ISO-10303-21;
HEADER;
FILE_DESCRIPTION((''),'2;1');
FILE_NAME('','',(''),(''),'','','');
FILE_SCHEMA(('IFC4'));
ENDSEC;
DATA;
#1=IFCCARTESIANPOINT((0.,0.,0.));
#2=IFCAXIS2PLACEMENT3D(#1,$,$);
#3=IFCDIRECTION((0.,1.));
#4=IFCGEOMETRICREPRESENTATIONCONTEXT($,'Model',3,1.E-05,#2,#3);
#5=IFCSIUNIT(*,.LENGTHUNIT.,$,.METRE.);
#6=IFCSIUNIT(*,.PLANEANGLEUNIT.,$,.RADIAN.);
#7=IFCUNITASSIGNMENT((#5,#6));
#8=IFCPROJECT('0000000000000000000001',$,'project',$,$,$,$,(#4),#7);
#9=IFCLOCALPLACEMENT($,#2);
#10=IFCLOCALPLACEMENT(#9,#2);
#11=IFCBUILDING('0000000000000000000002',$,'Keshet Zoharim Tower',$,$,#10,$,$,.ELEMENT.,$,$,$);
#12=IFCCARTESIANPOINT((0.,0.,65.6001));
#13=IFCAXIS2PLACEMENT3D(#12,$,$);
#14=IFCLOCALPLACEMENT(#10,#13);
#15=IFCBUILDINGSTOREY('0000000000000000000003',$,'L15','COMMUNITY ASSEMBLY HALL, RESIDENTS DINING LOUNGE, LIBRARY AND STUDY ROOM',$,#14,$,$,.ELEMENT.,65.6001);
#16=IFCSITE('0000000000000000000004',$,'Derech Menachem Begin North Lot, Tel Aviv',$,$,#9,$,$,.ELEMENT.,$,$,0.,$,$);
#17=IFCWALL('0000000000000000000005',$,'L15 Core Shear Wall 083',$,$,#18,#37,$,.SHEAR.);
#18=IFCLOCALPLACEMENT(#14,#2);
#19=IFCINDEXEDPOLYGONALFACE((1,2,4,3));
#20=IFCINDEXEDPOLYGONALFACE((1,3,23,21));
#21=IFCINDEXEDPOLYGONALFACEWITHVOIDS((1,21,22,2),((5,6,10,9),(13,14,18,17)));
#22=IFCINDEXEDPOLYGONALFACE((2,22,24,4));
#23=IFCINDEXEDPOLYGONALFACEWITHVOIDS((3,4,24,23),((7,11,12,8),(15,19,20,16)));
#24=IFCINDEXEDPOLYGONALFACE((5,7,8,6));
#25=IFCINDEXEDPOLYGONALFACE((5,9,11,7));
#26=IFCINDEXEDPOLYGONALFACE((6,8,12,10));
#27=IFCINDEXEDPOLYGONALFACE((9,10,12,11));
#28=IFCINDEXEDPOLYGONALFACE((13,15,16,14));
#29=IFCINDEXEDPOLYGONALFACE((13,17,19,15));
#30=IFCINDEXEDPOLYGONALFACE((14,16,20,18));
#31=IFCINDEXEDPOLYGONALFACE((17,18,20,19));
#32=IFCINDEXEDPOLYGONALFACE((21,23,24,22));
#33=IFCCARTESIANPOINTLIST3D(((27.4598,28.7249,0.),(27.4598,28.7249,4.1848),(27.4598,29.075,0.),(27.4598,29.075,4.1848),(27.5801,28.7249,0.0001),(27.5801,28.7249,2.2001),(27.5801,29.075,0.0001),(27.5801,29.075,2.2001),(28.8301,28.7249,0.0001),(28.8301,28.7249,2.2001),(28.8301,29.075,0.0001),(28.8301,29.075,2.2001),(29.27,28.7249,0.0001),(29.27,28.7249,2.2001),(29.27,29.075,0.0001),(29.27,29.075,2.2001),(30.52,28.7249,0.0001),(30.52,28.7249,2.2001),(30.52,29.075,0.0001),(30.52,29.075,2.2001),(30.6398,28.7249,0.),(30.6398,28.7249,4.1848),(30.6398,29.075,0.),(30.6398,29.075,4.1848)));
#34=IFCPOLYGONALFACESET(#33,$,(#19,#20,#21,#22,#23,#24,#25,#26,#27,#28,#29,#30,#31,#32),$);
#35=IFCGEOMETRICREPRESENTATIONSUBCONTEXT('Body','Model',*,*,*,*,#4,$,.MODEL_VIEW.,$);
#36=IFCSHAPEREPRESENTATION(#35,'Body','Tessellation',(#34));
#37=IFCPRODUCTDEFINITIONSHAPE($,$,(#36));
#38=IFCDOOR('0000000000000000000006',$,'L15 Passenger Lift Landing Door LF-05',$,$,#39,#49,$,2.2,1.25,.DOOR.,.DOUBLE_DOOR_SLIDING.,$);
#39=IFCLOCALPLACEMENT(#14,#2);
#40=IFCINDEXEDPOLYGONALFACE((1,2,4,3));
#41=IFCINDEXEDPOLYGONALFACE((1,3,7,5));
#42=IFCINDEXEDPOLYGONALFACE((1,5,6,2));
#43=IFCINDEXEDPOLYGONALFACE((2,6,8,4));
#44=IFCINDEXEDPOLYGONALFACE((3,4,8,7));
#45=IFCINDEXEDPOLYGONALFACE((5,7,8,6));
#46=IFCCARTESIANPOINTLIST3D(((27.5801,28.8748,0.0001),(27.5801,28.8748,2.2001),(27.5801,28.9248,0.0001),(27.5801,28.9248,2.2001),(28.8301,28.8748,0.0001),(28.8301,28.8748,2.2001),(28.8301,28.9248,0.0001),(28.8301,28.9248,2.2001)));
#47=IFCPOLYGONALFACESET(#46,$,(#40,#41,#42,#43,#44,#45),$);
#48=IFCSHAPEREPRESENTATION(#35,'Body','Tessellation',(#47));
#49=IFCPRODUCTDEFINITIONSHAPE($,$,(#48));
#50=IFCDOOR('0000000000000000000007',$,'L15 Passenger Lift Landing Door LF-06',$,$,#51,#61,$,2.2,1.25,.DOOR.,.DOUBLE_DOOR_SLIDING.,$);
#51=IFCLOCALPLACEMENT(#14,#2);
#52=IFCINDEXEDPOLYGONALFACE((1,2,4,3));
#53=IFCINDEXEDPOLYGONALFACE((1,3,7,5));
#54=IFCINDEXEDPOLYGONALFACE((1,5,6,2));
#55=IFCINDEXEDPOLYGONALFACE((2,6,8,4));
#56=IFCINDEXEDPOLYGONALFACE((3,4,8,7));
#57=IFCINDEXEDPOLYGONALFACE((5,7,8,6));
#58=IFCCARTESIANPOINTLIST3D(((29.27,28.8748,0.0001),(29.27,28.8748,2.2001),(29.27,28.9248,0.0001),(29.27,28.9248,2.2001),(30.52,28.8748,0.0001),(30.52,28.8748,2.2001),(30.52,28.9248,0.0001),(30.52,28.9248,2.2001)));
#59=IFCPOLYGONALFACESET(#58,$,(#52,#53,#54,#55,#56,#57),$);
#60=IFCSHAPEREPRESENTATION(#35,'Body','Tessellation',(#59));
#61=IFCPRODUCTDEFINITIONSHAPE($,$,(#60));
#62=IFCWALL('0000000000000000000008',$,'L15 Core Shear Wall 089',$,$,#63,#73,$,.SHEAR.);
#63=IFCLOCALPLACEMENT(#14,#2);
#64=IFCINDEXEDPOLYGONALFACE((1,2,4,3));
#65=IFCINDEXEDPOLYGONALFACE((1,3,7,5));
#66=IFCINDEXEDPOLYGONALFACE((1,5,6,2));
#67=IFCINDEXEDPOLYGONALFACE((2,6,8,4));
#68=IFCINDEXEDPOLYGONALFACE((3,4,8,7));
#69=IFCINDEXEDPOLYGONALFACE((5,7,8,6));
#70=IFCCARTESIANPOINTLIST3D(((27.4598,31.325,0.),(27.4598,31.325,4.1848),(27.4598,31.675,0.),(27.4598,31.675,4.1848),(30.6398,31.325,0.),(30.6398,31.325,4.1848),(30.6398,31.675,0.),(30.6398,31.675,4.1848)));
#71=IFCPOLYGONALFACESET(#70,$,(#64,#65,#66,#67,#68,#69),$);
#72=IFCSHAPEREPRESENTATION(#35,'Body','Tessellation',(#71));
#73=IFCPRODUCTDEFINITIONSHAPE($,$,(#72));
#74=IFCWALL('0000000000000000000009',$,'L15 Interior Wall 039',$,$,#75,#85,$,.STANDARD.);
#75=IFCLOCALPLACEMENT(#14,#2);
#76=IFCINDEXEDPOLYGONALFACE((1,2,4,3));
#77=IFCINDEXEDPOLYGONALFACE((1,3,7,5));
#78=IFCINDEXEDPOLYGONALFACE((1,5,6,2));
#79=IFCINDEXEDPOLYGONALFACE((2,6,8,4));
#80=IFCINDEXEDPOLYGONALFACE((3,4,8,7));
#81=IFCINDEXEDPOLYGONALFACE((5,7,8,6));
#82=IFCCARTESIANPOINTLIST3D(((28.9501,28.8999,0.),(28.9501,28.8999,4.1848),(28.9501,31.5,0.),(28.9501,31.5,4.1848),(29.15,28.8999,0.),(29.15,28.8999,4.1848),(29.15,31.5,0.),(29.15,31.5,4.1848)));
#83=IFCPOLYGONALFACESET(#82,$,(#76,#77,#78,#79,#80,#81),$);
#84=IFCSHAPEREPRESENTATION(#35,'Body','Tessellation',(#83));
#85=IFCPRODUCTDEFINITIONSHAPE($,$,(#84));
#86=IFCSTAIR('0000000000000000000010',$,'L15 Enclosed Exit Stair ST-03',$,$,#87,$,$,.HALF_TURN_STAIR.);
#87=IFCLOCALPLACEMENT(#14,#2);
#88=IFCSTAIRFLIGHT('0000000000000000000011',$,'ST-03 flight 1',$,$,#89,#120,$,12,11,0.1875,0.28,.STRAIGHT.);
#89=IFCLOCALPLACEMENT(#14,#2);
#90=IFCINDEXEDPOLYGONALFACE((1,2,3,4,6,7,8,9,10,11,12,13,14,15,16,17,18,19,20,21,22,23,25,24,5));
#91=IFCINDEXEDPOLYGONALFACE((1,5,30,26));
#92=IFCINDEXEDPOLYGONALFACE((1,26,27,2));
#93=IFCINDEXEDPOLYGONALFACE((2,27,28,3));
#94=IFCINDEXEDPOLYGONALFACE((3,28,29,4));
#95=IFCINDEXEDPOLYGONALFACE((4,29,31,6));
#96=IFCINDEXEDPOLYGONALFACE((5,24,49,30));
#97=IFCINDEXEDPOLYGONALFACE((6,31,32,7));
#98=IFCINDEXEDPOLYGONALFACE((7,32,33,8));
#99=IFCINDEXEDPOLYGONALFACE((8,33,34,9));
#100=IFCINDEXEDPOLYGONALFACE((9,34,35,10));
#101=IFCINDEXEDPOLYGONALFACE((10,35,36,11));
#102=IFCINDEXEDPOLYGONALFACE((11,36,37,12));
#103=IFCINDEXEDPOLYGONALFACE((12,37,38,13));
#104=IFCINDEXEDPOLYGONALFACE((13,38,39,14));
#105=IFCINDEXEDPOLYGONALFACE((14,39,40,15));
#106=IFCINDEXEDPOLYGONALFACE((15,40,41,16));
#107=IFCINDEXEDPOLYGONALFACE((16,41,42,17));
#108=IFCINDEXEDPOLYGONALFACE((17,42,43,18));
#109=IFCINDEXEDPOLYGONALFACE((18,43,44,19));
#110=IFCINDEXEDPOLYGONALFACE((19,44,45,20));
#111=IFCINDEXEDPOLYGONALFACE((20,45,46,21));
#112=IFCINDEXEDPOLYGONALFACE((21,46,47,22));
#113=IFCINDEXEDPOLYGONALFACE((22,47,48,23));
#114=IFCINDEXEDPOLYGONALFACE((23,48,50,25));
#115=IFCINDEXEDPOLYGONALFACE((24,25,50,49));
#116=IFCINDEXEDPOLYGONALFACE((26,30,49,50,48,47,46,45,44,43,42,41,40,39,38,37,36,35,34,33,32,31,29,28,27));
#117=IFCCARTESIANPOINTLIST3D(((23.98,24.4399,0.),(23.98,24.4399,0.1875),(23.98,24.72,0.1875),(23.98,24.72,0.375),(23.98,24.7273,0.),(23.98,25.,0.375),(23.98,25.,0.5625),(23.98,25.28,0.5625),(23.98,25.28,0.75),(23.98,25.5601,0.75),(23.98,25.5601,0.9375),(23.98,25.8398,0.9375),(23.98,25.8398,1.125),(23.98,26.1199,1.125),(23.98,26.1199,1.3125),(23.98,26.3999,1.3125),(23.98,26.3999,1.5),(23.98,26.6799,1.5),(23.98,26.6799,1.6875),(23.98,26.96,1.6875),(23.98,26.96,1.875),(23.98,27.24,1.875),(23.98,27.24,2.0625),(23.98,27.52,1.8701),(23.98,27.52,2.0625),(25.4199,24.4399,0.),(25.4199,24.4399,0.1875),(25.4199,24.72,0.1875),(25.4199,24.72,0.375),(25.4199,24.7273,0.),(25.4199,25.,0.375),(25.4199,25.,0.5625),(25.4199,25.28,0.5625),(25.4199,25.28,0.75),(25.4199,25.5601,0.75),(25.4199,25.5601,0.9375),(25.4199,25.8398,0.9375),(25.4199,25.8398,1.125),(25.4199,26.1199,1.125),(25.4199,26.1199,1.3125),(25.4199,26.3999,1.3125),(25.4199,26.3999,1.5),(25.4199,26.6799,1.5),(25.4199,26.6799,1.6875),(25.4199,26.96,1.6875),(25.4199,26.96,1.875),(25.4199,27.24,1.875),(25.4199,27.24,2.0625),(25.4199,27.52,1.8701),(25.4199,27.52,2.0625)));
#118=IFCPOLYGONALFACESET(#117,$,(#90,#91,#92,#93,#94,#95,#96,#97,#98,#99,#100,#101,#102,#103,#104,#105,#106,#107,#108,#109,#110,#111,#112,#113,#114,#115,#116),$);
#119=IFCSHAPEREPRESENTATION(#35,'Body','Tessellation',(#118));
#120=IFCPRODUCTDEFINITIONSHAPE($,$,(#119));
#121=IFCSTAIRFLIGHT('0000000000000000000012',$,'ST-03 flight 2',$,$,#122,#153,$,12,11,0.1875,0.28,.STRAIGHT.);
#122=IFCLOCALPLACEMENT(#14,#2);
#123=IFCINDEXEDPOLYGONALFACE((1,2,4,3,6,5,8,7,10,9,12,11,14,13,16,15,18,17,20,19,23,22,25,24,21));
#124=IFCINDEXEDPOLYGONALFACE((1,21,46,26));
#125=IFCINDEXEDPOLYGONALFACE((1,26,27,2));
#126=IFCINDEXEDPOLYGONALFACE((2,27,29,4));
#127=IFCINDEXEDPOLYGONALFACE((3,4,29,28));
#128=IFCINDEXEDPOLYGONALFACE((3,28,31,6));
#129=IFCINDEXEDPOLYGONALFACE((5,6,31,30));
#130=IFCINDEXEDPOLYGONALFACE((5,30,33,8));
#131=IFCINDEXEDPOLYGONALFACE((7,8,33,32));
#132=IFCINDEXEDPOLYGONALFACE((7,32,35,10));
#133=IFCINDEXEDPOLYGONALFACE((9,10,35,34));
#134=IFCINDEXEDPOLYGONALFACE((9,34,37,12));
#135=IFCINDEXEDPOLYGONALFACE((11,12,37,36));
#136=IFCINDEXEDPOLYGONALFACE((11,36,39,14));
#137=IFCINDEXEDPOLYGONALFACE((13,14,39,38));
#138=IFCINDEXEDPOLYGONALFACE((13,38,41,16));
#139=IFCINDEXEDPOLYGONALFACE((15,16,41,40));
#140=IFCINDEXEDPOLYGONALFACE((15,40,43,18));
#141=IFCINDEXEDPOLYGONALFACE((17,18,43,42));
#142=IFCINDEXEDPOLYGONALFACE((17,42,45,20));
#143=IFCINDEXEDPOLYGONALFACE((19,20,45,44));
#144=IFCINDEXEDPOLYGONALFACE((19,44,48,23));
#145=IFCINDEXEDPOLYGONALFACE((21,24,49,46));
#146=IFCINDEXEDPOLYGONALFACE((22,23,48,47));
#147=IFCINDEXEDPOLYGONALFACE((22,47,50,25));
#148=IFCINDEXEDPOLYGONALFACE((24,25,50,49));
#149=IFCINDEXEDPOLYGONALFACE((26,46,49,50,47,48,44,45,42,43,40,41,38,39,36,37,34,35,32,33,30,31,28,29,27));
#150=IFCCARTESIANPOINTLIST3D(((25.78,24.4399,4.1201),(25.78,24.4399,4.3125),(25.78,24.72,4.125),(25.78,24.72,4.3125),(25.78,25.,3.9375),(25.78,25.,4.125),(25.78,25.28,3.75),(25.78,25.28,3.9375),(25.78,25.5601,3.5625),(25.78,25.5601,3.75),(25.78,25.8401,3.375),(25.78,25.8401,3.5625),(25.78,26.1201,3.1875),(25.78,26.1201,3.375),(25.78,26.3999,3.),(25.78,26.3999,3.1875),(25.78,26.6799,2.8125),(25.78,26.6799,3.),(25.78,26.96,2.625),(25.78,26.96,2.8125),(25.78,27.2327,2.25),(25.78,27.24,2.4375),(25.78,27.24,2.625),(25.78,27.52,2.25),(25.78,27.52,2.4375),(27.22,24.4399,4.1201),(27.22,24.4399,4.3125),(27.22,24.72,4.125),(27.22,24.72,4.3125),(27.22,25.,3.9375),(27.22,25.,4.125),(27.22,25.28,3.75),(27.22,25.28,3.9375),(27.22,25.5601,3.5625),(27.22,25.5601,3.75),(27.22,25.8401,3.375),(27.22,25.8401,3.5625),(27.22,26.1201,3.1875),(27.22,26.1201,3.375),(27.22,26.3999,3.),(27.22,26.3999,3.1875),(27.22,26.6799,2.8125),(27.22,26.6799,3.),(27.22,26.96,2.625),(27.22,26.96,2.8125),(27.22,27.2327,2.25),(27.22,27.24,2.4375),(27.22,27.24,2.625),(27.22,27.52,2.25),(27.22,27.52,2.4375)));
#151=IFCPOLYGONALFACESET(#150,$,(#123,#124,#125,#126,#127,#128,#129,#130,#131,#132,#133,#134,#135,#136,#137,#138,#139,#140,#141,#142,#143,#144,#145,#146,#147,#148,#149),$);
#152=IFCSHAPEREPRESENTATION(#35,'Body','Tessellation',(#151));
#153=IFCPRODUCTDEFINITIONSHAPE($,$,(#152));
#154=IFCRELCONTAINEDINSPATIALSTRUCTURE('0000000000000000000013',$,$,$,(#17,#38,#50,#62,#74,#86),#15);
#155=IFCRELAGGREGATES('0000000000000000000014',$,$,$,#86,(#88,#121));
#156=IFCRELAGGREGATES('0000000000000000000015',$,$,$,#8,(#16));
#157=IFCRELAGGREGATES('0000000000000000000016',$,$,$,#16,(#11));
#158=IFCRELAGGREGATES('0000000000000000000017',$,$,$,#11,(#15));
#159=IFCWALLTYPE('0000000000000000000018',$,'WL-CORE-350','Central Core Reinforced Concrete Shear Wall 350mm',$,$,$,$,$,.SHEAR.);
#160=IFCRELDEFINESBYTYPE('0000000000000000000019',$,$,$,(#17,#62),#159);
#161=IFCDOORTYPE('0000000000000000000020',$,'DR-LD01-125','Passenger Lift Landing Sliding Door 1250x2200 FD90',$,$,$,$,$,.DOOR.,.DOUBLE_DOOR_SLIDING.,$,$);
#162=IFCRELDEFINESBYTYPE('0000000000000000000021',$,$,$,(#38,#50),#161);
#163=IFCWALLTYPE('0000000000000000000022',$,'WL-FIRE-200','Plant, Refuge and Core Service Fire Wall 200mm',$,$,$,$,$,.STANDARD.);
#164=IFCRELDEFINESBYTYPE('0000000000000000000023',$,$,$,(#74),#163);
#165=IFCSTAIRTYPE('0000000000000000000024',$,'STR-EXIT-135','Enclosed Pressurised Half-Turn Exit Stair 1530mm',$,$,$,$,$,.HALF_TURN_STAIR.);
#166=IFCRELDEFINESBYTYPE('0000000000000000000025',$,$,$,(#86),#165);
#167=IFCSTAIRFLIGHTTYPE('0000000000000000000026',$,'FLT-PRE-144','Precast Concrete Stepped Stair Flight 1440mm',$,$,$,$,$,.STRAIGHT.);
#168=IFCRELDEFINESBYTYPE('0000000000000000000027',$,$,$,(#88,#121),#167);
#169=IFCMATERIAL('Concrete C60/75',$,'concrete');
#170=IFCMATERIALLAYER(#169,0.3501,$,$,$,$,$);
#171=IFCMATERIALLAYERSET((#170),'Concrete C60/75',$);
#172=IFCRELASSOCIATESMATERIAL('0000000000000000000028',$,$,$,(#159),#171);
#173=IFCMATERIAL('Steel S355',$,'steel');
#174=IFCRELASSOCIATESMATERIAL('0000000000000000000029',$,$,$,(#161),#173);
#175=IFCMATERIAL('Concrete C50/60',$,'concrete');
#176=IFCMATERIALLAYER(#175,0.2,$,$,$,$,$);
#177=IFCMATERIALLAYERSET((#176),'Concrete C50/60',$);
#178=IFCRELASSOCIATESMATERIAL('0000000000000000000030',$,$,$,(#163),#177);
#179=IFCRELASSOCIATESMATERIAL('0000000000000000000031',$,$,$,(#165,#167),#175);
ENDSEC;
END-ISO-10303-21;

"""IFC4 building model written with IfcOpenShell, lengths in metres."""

from ifc_helpers import new_model, si_unit, direction, frame, frame_2d, origin, place, context, subcontext, project, spatial, polyline, rectangle, outline, extrude, material, layer, layer_set, type_object, element, fill, aggregate, save


model = new_model("IFC4")

# Units and contexts
model_context = context("Model", 3, precision=1e-05, world=origin(), true_north=direction((0.0, 1.0)))
body_context = subcontext(model_context, "Body", "Model", "MODEL_VIEW")
ifc_project = project(units=[si_unit("LENGTHUNIT", "METRE"), si_unit("PLANEANGLEUNIT", "RADIAN")], contexts=[model_context])

# Site, building, storey
site_placement = place(None, origin())
site = spatial("IfcSite", under=ifc_project, at=site_placement, Name="Derech Menachem Begin North Lot, Tel Aviv", CompositionType="ELEMENT", RefElevation=0.0)
building_placement = place(site_placement, origin())
building = spatial("IfcBuilding", under=site, at=building_placement, Name="Keshet Zoharim Tower", CompositionType="ELEMENT")
storey_placement = place(building_placement, frame((0.0, 0.0, 65.6001)))
storey = spatial("IfcBuildingStorey", under=building, at=storey_placement, Name="L15", Description="COMMUNITY ASSEMBLY HALL, RESIDENTS DINING LOUNGE, LIBRARY AND STUDY ROOM", CompositionType="ELEMENT", Elevation=65.6001)

# Shared definitions
ifc_material_1 = material(Name="Steel S355", Category="steel")

# Shared definitions
ifc_material_2 = material(Name="Concrete C60/75", Category="concrete")
ifc_layer_1 = layer(ifc_material_2, 0.3501)
ifc_layer_set_1 = layer_set([ifc_layer_1], Name="Concrete C60/75")
wall_type_1 = type_object("IfcWallType", Name="WL-CORE-350", Description="Central Core Reinforced Concrete Shear Wall 350mm", PredefinedType="SHEAR", material=ifc_layer_set_1)

# Wall, openings, doors
door_type = type_object("IfcDoorType", Name="DR-LD01-125", Description="Passenger Lift Landing Sliding Door 1250x2200 FD90", OperationType="DOUBLE_DOOR_SLIDING", PredefinedType="DOOR", material=ifc_material_1)
wall_1_placement = place(storey_placement, frame((27.46, 28.8999, 0.0), z_axis=(0.0, 0.0, 1.0), x_axis=(1.0, 0.0, 0.0)))
wall_1 = element("IfcWall", 1, at=wall_1_placement, inside=storey, type_object=wall_type_1, Name="L15 Core Shear Wall 083", PredefinedType="SHEAR", context=body_context, shape_type="SweptSolid", body=[
    extrude(rectangle(XDim=3.1799, YDim=0.3501, at=frame_2d((1.5898, 0.0))), origin(), (0.0, 0.0, 1.0), 4.1848),
])
opening_1_placement = place(wall_1_placement, frame((0.1201, 0.0, 0.0)))
opening_1 = element("IfcOpeningElement", 2, at=opening_1_placement, cuts=wall_1, PredefinedType="OPENING", context=body_context, shape_type="SweptSolid", body=[
    extrude(rectangle(XDim=1.25, YDim=2.2, at=frame_2d((0.625, 1.1001))), frame((0.0, 0.1851, 0.0), z_axis=(0.0, -1.0, 0.0), x_axis=(1.0, 0.0, 0.0)), (0.0, 0.0, 1.0), 0.3701),
])
opening_2_placement = place(wall_1_placement, frame((1.8101, 0.0, 0.0)))
opening_2 = element("IfcOpeningElement", 3, at=opening_2_placement, cuts=wall_1, PredefinedType="OPENING", context=body_context, shape_type="SweptSolid", body=[
    extrude(rectangle(XDim=1.25, YDim=2.2, at=frame_2d((0.625, 1.1001))), frame((0.0, 0.1851, 0.0), z_axis=(0.0, -1.0, 0.0), x_axis=(1.0, 0.0, 0.0)), (0.0, 0.0, 1.0), 0.3701),
])
door_1_placement = place(opening_1_placement, origin())
door_1 = element("IfcDoor", 4, at=door_1_placement, inside=storey, type_object=door_type, Name="L15 Passenger Lift Landing Door LF-05", OperationType="DOUBLE_DOOR_SLIDING", OverallHeight=2.2, OverallWidth=1.25, PredefinedType="DOOR", context=body_context, shape_type="SweptSolid", body=[
    extrude(rectangle(XDim=1.25, YDim=2.2, at=frame_2d((0.625, 1.1001))), frame((0.0, 0.0249, 0.0), z_axis=(0.0, -1.0, 0.0), x_axis=(1.0, 0.0, 0.0)), (0.0, 0.0, 1.0), 0.05),
])
fill(opening_1, door_1)
door_2_placement = place(opening_2_placement, origin())
door_2 = element("IfcDoor", 5, at=door_2_placement, inside=storey, type_object=door_type, Name="L15 Passenger Lift Landing Door LF-06", OperationType="DOUBLE_DOOR_SLIDING", OverallHeight=2.2, OverallWidth=1.25, PredefinedType="DOOR", context=body_context, shape_type="SweptSolid", body=[
    extrude(rectangle(XDim=1.25, YDim=2.2, at=frame_2d((0.625, 1.1001))), frame((0.0, 0.0249, 0.0), z_axis=(0.0, -1.0, 0.0), x_axis=(1.0, 0.0, 0.0)), (0.0, 0.0, 1.0), 0.05),
])
fill(opening_2, door_2)

# Walls
wall_2_placement = place(storey_placement, frame((27.46, 31.5, 0.0), z_axis=(0.0, 0.0, 1.0), x_axis=(1.0, 0.0, 0.0)))
element("IfcWall", 6, at=wall_2_placement, inside=storey, type_object=wall_type_1, Name="L15 Core Shear Wall 089", PredefinedType="SHEAR", context=body_context, shape_type="SweptSolid", body=[
    extrude(rectangle(XDim=3.1799, YDim=0.3501, at=frame_2d((1.5898, 0.0))), origin(), (0.0, 0.0, 1.0), 4.1848),
])
ifc_material_3 = material(Name="Concrete C50/60", Category="concrete")
ifc_layer_2 = layer(ifc_material_3, 0.2)
ifc_layer_set_2 = layer_set([ifc_layer_2], Name="Concrete C50/60")
wall_type_2 = type_object("IfcWallType", Name="WL-FIRE-200", Description="Plant, Refuge and Core Service Fire Wall 200mm", PredefinedType="STANDARD", material=ifc_layer_set_2)
wall_3_placement = place(storey_placement, frame((29.05, 28.8999, 0.0), z_axis=(0.0, 0.0, 1.0), x_axis=(0.0, 1.0, 0.0)))
element("IfcWall", 7, at=wall_3_placement, inside=storey, type_object=wall_type_2, Name="L15 Interior Wall 039", PredefinedType="STANDARD", context=body_context, shape_type="SweptSolid", body=[
    extrude(rectangle(XDim=2.6001, YDim=0.2, at=frame_2d((1.3, 0.0))), origin(), (0.0, 0.0, 1.0), 4.1848),
])

# Stair, stair flights
stair_type = type_object("IfcStairType", Name="STR-EXIT-135", Description="Enclosed Pressurised Half-Turn Exit Stair 1530mm", PredefinedType="HALF_TURN_STAIR", material=ifc_material_3)
stair_placement = place(storey_placement, origin())
stair = element("IfcStair", 8, at=stair_placement, inside=storey, type_object=stair_type, Name="L15 Enclosed Exit Stair ST-03", PredefinedType="HALF_TURN_STAIR")
stair_flight_type = type_object("IfcStairFlightType", Name="FLT-PRE-144", Description="Precast Concrete Stepped Stair Flight 1440mm", PredefinedType="STRAIGHT", material=ifc_material_3)
stair_flight_1_placement = place(storey_placement, frame((24.7, 24.4399, 0.0), z_axis=(0.0, 0.0, 1.0), x_axis=(0.0, 1.0, 0.0)))
stair_flight_1 = element("IfcStairFlight", 9, at=stair_flight_1_placement, type_object=stair_flight_type, Name="ST-03 flight 1", NumberOfRisers=12, NumberOfTreads=11, PredefinedType="STRAIGHT", RiserHeight=0.1875, TreadLength=0.28, context=body_context, shape_type="SweptSolid", body=[
    extrude(outline(polyline([(0.0, 0.0), (0.0, 0.1875), (0.28, 0.1875), (0.28, 0.375), (0.5601, 0.375), (0.5601, 0.5625), (0.8401, 0.5625), (0.8401, 0.75), (1.1201, 0.75), (1.1201, 0.9375), (1.3999, 0.9375), (1.3999, 1.125), (1.6799, 1.125), (1.6799, 1.3125), (1.96, 1.3125), (1.96, 1.5), (2.24, 1.5), (2.24, 1.6875), (2.52, 1.6875), (2.52, 1.875), (2.8, 1.875), (2.8, 2.0625), (3.0801, 2.0625), (3.0801, 2.25), (3.0801, 1.8701), (0.2874, 0.0), (0.0, 0.0)])), frame((0.0, 0.72, 0.0), z_axis=(0.0, -1.0, 0.0), x_axis=(1.0, 0.0, 0.0)), (0.0, 0.0, 1.0), 1.4399),
])
stair_flight_2_placement = place(storey_placement, frame((26.5, 27.52, 2.25), z_axis=(0.0, 0.0, 1.0), x_axis=(0.0, -1.0, 0.0)))
stair_flight_2 = element("IfcStairFlight", 10, at=stair_flight_2_placement, type_object=stair_flight_type, Name="ST-03 flight 2", NumberOfRisers=12, NumberOfTreads=11, PredefinedType="STRAIGHT", RiserHeight=0.1875, TreadLength=0.28, context=body_context, shape_type="SweptSolid", body=[
    extrude(outline(polyline([(0.0, 0.0), (0.0, 0.1875), (0.28, 0.1875), (0.28, 0.375), (0.5601, 0.375), (0.5601, 0.5625), (0.8401, 0.5625), (0.8401, 0.75), (1.1201, 0.75), (1.1201, 0.9375), (1.3999, 0.9375), (1.3999, 1.125), (1.6799, 1.125), (1.6799, 1.3125), (1.96, 1.3125), (1.96, 1.5), (2.24, 1.5), (2.24, 1.6875), (2.52, 1.6875), (2.52, 1.875), (2.8, 1.875), (2.8, 2.0625), (3.0801, 2.0625), (3.0801, 2.25), (3.0801, 1.8701), (0.2874, 0.0), (0.0, 0.0)])), frame((0.0, 0.72, 0.0), z_axis=(0.0, -1.0, 0.0), x_axis=(1.0, 0.0, 0.0)), (0.0, 0.0, 1.0), 1.4399),
])
aggregate(stair, [stair_flight_1, stair_flight_2])

save(model, "model.ifc")
